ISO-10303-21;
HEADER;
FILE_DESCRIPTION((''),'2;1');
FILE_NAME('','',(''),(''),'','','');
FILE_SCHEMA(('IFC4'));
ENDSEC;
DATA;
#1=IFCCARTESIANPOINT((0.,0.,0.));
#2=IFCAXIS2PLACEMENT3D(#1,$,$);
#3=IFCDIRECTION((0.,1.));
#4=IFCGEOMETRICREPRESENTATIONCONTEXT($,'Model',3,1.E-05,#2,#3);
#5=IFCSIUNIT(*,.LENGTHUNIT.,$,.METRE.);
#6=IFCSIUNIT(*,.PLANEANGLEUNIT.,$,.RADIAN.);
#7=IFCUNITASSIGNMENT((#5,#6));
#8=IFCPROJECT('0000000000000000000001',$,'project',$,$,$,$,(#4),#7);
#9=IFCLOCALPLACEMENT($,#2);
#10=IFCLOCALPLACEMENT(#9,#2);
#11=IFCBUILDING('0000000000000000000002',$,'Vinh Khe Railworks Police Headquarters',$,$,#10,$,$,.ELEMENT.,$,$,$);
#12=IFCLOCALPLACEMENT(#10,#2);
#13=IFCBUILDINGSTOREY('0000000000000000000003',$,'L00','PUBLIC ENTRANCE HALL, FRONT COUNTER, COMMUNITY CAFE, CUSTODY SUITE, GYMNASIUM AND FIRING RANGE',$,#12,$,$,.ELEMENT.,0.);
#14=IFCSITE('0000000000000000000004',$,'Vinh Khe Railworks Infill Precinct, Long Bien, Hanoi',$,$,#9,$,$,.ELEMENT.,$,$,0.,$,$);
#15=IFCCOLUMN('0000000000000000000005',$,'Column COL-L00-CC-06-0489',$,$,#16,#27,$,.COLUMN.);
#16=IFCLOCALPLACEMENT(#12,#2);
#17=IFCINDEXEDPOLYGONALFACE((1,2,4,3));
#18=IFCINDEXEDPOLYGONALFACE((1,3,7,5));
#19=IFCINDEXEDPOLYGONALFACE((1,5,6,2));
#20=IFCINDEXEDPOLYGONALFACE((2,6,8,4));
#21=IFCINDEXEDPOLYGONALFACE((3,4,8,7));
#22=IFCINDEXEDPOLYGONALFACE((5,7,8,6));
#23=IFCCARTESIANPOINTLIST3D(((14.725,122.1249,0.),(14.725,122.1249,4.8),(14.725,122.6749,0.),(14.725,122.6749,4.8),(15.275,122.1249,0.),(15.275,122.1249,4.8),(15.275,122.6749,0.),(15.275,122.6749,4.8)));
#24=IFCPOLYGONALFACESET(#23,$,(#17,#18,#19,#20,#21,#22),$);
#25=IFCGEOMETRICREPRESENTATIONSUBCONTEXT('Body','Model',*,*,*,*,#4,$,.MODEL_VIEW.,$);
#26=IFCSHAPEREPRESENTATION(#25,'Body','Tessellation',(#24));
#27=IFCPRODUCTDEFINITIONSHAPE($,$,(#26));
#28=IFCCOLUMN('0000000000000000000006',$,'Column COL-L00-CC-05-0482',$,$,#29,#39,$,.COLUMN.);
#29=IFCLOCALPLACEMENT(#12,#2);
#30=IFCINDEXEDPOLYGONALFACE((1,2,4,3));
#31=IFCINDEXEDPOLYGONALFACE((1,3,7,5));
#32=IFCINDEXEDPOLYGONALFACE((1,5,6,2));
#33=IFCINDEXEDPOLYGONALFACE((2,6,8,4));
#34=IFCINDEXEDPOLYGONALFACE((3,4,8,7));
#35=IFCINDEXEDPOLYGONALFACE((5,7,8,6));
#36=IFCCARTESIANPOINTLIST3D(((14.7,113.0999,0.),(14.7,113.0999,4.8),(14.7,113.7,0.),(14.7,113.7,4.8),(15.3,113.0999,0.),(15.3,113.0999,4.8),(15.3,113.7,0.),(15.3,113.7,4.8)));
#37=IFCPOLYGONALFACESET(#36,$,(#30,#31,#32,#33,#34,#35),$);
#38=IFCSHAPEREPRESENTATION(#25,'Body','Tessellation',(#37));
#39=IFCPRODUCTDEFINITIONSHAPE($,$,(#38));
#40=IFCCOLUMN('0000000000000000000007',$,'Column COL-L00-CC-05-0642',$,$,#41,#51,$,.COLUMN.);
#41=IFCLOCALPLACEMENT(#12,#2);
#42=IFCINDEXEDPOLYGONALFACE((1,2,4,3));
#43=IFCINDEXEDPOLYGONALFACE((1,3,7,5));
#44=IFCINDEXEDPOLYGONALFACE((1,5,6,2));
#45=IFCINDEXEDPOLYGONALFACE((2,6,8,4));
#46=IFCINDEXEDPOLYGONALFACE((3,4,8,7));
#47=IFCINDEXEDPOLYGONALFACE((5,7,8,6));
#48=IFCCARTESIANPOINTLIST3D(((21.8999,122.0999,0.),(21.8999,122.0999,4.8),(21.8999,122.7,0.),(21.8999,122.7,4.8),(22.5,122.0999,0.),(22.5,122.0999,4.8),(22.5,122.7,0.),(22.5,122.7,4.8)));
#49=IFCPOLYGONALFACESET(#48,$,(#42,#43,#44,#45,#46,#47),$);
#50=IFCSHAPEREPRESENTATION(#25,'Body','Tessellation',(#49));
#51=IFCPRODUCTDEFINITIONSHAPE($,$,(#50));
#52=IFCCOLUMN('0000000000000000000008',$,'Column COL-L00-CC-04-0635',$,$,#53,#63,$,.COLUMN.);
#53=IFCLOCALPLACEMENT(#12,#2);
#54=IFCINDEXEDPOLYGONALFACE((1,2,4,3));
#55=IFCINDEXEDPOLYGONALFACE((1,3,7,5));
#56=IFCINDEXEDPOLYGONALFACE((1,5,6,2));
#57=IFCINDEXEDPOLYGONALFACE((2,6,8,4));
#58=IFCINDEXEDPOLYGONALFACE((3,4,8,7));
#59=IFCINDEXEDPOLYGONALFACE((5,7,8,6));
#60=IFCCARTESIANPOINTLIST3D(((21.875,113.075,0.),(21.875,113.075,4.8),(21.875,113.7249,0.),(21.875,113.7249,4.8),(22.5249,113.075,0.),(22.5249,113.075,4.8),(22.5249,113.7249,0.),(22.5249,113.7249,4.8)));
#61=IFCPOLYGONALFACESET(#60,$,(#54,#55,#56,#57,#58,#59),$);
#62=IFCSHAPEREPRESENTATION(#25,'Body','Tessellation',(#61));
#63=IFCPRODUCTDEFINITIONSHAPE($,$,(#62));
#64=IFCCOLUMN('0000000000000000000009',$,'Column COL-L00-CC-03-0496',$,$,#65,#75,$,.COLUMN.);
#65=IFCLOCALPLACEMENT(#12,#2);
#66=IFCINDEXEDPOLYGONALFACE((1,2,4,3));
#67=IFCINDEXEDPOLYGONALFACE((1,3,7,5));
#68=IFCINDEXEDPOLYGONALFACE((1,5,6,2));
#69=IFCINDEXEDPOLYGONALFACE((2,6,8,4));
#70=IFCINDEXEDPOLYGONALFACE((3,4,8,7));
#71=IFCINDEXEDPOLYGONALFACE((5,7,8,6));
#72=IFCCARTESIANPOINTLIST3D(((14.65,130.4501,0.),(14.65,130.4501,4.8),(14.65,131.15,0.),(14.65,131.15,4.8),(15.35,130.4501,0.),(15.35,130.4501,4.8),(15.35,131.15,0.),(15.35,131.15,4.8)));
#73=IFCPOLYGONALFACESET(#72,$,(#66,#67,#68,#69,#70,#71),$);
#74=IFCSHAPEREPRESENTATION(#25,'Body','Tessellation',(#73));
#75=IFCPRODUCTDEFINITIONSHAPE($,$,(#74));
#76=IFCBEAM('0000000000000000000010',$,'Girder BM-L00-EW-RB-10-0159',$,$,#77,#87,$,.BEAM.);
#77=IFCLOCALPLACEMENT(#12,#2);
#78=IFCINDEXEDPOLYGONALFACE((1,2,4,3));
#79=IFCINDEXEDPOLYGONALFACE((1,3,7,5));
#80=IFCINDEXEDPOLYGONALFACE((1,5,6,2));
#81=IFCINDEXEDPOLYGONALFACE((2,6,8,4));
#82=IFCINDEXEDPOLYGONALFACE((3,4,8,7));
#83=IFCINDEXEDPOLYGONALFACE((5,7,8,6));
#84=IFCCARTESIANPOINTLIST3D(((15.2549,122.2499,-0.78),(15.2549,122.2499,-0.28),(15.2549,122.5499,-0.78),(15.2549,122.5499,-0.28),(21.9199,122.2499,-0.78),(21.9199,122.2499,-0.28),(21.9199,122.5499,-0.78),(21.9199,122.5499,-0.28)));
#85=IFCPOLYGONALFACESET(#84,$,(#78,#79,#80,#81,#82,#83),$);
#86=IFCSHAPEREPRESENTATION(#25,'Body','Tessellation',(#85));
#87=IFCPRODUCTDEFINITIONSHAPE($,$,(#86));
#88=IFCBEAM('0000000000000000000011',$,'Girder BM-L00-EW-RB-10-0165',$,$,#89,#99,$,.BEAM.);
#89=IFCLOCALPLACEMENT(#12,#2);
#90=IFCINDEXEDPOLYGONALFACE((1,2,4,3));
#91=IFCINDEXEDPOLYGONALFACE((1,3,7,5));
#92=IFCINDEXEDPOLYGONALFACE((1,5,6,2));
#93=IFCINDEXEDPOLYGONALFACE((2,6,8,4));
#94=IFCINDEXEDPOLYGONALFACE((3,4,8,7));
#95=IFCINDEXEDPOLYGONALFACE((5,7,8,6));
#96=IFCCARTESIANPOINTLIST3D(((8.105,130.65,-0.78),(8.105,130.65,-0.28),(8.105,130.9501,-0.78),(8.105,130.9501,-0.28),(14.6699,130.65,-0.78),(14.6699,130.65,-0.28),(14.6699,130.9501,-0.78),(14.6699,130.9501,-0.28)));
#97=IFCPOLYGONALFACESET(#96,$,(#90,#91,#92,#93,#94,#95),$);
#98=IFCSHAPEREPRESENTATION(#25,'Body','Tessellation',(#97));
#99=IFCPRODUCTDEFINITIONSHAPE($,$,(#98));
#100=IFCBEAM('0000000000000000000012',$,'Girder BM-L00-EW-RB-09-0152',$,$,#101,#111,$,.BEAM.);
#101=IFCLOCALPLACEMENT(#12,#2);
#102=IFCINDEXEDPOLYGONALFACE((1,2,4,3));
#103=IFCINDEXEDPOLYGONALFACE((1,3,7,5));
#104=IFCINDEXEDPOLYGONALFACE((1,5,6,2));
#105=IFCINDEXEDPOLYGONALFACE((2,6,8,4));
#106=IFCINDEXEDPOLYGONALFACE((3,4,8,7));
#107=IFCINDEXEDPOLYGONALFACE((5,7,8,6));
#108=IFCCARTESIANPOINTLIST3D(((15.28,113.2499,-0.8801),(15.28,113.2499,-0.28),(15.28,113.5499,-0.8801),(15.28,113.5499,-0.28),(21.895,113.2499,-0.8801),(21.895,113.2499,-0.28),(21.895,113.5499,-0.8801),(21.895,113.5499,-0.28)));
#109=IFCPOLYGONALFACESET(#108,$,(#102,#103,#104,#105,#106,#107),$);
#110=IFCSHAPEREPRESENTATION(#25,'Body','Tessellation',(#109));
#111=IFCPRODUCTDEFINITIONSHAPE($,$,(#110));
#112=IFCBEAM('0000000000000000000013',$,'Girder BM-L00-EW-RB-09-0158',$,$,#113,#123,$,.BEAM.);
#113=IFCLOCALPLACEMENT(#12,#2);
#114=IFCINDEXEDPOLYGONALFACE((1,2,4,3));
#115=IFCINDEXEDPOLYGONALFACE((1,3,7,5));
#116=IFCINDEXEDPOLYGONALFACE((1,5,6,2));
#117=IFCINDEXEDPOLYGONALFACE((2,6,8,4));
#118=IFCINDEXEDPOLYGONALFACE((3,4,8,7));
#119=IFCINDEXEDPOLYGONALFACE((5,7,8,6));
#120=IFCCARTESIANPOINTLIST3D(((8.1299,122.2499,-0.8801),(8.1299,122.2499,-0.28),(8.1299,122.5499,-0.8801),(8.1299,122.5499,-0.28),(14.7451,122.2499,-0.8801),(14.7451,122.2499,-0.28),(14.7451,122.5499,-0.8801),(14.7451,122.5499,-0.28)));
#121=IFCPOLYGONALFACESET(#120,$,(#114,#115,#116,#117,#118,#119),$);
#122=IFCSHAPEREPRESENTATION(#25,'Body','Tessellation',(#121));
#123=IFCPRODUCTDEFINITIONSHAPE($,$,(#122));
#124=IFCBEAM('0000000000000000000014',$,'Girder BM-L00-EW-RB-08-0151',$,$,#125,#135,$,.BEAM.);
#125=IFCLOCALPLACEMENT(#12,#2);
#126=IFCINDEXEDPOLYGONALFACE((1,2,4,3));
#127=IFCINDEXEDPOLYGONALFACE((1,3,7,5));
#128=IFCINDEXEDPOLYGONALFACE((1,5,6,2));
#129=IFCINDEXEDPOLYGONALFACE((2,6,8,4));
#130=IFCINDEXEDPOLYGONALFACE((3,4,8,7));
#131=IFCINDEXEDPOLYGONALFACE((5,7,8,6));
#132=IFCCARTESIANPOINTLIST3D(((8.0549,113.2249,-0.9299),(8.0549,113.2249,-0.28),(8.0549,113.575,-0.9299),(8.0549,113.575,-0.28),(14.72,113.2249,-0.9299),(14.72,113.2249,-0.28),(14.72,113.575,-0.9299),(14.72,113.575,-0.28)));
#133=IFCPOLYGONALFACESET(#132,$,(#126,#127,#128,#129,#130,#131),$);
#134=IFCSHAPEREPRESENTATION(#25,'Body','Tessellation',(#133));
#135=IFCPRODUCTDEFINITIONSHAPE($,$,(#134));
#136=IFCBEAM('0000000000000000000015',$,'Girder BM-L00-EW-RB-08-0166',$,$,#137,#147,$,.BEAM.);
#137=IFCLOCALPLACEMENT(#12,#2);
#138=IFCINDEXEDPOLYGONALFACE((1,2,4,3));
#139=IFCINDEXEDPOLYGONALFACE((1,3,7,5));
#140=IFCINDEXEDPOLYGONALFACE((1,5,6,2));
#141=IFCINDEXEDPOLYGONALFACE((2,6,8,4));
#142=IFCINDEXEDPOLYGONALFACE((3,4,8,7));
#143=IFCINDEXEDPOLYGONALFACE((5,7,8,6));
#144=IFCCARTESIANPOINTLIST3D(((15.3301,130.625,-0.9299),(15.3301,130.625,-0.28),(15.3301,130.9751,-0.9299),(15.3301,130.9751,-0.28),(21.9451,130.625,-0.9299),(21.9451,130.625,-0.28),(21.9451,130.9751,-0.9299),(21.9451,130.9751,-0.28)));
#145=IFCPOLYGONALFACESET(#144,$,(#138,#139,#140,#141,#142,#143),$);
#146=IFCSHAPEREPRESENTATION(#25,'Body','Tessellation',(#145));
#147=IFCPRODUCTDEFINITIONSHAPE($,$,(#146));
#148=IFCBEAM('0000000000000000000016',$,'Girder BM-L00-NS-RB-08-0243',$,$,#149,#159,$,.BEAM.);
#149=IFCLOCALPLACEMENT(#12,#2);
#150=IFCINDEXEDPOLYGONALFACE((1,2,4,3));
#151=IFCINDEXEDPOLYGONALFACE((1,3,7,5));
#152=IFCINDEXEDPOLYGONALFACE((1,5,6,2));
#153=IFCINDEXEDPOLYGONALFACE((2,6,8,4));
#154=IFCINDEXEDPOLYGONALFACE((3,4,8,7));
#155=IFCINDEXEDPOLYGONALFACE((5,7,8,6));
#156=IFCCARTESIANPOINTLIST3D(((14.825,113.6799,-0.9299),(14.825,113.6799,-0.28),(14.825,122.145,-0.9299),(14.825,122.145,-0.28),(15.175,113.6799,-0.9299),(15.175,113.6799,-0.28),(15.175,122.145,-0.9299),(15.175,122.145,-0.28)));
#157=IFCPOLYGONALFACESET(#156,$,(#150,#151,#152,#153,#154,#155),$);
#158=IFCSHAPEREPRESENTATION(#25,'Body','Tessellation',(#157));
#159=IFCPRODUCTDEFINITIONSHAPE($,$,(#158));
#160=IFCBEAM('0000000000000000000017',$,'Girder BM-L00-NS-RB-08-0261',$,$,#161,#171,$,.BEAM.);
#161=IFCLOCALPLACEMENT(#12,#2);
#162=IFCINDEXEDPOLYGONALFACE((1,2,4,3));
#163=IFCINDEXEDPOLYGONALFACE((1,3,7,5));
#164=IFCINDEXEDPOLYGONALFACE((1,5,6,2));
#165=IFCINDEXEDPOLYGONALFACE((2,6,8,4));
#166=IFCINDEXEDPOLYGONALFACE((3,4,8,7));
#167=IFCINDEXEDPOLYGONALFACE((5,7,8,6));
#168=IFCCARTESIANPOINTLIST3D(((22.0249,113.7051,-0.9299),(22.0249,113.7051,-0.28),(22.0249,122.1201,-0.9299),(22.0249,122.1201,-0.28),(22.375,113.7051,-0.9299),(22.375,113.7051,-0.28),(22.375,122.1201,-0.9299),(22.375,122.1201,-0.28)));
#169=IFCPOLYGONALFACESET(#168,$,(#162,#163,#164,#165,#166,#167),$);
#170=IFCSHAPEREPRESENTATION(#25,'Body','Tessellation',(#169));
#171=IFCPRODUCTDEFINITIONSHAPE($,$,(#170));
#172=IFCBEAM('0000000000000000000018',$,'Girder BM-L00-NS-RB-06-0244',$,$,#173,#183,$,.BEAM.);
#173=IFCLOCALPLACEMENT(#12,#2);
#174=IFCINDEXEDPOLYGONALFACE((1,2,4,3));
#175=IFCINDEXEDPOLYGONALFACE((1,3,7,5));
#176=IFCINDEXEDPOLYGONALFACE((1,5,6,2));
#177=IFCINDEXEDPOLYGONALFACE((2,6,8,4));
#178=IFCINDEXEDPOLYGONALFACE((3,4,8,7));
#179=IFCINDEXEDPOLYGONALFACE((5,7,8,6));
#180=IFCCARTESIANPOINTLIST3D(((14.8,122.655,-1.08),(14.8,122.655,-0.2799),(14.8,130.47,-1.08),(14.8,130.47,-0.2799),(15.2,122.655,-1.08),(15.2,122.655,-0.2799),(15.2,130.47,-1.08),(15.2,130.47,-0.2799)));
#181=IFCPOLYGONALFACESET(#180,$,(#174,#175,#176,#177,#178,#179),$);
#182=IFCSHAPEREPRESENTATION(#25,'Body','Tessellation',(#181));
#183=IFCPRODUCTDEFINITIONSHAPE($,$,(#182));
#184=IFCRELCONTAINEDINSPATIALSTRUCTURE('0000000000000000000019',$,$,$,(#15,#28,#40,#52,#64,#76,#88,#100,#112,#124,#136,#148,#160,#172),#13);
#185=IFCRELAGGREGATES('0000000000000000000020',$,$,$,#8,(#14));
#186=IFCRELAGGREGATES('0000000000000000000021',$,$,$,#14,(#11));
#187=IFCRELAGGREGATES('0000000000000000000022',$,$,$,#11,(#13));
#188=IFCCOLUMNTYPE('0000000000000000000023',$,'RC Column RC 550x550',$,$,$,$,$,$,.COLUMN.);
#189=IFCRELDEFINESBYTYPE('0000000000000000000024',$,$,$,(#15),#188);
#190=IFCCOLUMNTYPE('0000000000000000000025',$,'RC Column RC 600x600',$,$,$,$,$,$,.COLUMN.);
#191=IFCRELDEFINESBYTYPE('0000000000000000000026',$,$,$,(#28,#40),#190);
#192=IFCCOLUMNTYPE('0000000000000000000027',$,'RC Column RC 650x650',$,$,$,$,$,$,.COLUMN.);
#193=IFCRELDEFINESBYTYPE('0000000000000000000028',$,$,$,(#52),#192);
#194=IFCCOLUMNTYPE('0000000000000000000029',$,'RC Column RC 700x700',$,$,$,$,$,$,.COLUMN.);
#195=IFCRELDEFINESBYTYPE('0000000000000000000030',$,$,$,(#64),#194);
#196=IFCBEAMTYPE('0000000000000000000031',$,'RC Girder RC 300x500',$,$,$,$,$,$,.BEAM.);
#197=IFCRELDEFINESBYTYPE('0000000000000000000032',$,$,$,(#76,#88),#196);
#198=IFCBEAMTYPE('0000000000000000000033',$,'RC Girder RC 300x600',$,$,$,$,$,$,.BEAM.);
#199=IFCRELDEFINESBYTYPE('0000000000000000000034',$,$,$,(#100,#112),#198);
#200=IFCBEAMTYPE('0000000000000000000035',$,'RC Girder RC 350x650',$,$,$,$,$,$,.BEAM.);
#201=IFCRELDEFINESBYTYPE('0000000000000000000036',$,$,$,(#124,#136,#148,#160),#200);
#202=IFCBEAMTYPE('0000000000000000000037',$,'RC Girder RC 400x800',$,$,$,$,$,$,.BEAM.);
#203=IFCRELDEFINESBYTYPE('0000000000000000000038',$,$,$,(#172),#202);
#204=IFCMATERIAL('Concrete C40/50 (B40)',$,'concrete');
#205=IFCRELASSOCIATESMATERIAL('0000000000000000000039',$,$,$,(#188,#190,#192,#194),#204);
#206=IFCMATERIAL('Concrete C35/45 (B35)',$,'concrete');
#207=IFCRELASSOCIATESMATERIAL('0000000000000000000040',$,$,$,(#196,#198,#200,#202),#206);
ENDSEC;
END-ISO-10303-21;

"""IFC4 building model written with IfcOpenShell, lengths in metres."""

from ifc_helpers import new_model, si_unit, direction, frame, origin, origin_2d, place, context, subcontext, project, spatial, rectangle, extrude, material, material_profile, profile_set, type_object, element, save


model = new_model("IFC4")

# Units and contexts
model_context = context("Model", 3, precision=1e-05, world=origin(), true_north=direction((0.0, 1.0)))
body_context = subcontext(model_context, "Body", "Model", "MODEL_VIEW")
ifc_project = project(units=[si_unit("LENGTHUNIT", "METRE"), si_unit("PLANEANGLEUNIT", "RADIAN")], contexts=[model_context])

# Site, building, storey
site_placement = place(None, origin())
site = spatial("IfcSite", under=ifc_project, at=site_placement, Name="Vinh Khe Railworks Infill Precinct, Long Bien, Hanoi", CompositionType="ELEMENT", RefElevation=0.0)
building_placement = place(site_placement, origin())
building = spatial("IfcBuilding", under=site, at=building_placement, Name="Vinh Khe Railworks Police Headquarters", CompositionType="ELEMENT")
storey_placement = place(building_placement, origin())
storey = spatial("IfcBuildingStorey", under=building, at=storey_placement, Name="L00", Description="PUBLIC ENTRANCE HALL, FRONT COUNTER, COMMUNITY CAFE, CUSTODY SUITE, GYMNASIUM AND FIRING RANGE", CompositionType="ELEMENT", Elevation=0.0)

# Columns
ifc_material_1 = material(Name="Concrete C40/50 (B40)", Category="concrete")
ifc_material_profile_1 = material_profile(ifc_material_1, rectangle(XDim=0.55, YDim=0.55, at=origin_2d()), Name="RC 550x550")
ifc_profile_set_1 = profile_set([ifc_material_profile_1], Name="Concrete C40/50 (B40)")
column_type_1 = type_object("IfcColumnType", Name="RC Column RC 550x550", PredefinedType="COLUMN", material=ifc_profile_set_1)
column_1_placement = place(storey_placement, frame((15.0, 122.3999, 0.0), z_axis=(0.0, 0.0, 1.0), x_axis=(1.0, 0.0, 0.0)))
element("IfcColumn", 1, at=column_1_placement, inside=storey, type_object=column_type_1, Name="Column COL-L00-CC-06-0489", PredefinedType="COLUMN", context=body_context, shape_type="SweptSolid", body=[
    extrude(rectangle(XDim=0.55, YDim=0.55, at=origin_2d()), origin(), (0.0, 0.0, 1.0), 4.8),
])
ifc_material_profile_2 = material_profile(ifc_material_1, rectangle(XDim=0.6001, YDim=0.6001, at=origin_2d()), Name="RC 600x600")
ifc_profile_set_2 = profile_set([ifc_material_profile_2], Name="Concrete C40/50 (B40)")
column_type_2 = type_object("IfcColumnType", Name="RC Column RC 600x600", PredefinedType="COLUMN", material=ifc_profile_set_2)
for number, where, z_axis, x_axis, name in (
    (2, (15.0, 113.3999, 0.0), (0.0, 0.0, 1.0), (1.0, 0.0, 0.0), "Column COL-L00-CC-05-0482"),
    (3, (22.2, 122.3999, 0.0), (0.0, 0.0, 1.0), (1.0, 0.0, 0.0), "Column COL-L00-CC-05-0642"),
):
    element("IfcColumn", number, at=place(storey_placement, frame(where, z_axis=z_axis, x_axis=x_axis)), inside=storey, type_object=column_type_2, Name=name, PredefinedType="COLUMN", context=body_context, shape_type="SweptSolid", body=[
        extrude(rectangle(XDim=0.6001, YDim=0.6001, at=origin_2d()), origin(), (0.0, 0.0, 1.0), 4.8),
    ])
ifc_material_profile_3 = material_profile(ifc_material_1, rectangle(XDim=0.6499, YDim=0.6499, at=origin_2d()), Name="RC 650x650")
ifc_profile_set_3 = profile_set([ifc_material_profile_3], Name="Concrete C40/50 (B40)")
column_type_3 = type_object("IfcColumnType", Name="RC Column RC 650x650", PredefinedType="COLUMN", material=ifc_profile_set_3)
column_2_placement = place(storey_placement, frame((22.2, 113.3999, 0.0), z_axis=(0.0, 0.0, 1.0), x_axis=(1.0, 0.0, 0.0)))
element("IfcColumn", 4, at=column_2_placement, inside=storey, type_object=column_type_3, Name="Column COL-L00-CC-04-0635", PredefinedType="COLUMN", context=body_context, shape_type="SweptSolid", body=[
    extrude(rectangle(XDim=0.6499, YDim=0.6499, at=origin_2d()), origin(), (0.0, 0.0, 1.0), 4.8),
])
ifc_material_profile_4 = material_profile(ifc_material_1, rectangle(XDim=0.7, YDim=0.7, at=origin_2d()), Name="RC 700x700")
ifc_profile_set_4 = profile_set([ifc_material_profile_4], Name="Concrete C40/50 (B40)")
column_type_4 = type_object("IfcColumnType", Name="RC Column RC 700x700", PredefinedType="COLUMN", material=ifc_profile_set_4)
column_3_placement = place(storey_placement, frame((15.0, 130.8, 0.0), z_axis=(0.0, 0.0, 1.0), x_axis=(1.0, 0.0, 0.0)))
element("IfcColumn", 5, at=column_3_placement, inside=storey, type_object=column_type_4, Name="Column COL-L00-CC-03-0496", PredefinedType="COLUMN", context=body_context, shape_type="SweptSolid", body=[
    extrude(rectangle(XDim=0.7, YDim=0.7, at=origin_2d()), origin(), (0.0, 0.0, 1.0), 4.8),
])

# Beams
ifc_material_2 = material(Name="Concrete C35/45 (B35)", Category="concrete")
ifc_material_profile_5 = material_profile(ifc_material_2, rectangle(XDim=0.3, YDim=0.5, at=origin_2d()), Name="RC 300x500")
ifc_profile_set_5 = profile_set([ifc_material_profile_5], Name="Concrete C35/45 (B35)")
beam_type_1 = type_object("IfcBeamType", Name="RC Girder RC 300x500", PredefinedType="BEAM", material=ifc_profile_set_5)
beam_1_placement = place(storey_placement, frame((15.2549, 122.3999, -0.53), z_axis=(1.0, 0.0, 0.0), x_axis=(0.0, 1.0, 0.0)))
element("IfcBeam", 6, at=beam_1_placement, inside=storey, type_object=beam_type_1, Name="Girder BM-L00-EW-RB-10-0159", PredefinedType="BEAM", context=body_context, shape_type="SweptSolid", body=[
    extrude(rectangle(XDim=0.3, YDim=0.5, at=origin_2d()), origin(), (0.0, 0.0, 1.0), 6.665),
])
beam_2_placement = place(storey_placement, frame((8.105, 130.8, -0.53), z_axis=(1.0, 0.0, 0.0), x_axis=(0.0, 1.0, 0.0)))
element("IfcBeam", 7, at=beam_2_placement, inside=storey, type_object=beam_type_1, Name="Girder BM-L00-EW-RB-10-0165", PredefinedType="BEAM", context=body_context, shape_type="SweptSolid", body=[
    extrude(rectangle(XDim=0.3, YDim=0.5, at=origin_2d()), origin(), (0.0, 0.0, 1.0), 6.5649),
])
ifc_material_profile_6 = material_profile(ifc_material_2, rectangle(XDim=0.3, YDim=0.6001, at=origin_2d()), Name="RC 300x600")
ifc_profile_set_6 = profile_set([ifc_material_profile_6], Name="Concrete C35/45 (B35)")
beam_type_2 = type_object("IfcBeamType", Name="RC Girder RC 300x600", PredefinedType="BEAM", material=ifc_profile_set_6)
beam_3_placement = place(storey_placement, frame((15.28, 113.3999, -0.5801), z_axis=(1.0, 0.0, 0.0), x_axis=(0.0, 1.0, 0.0)))
element("IfcBeam", 8, at=beam_3_placement, inside=storey, type_object=beam_type_2, Name="Girder BM-L00-EW-RB-09-0152", PredefinedType="BEAM", context=body_context, shape_type="SweptSolid", body=[
    extrude(rectangle(XDim=0.3, YDim=0.6001, at=origin_2d()), origin(), (0.0, 0.0, 1.0), 6.615),
])
beam_4_placement = place(storey_placement, frame((8.1299, 122.3999, -0.5801), z_axis=(1.0, 0.0, 0.0), x_axis=(0.0, 1.0, 0.0)))
element("IfcBeam", 9, at=beam_4_placement, inside=storey, type_object=beam_type_2, Name="Girder BM-L00-EW-RB-09-0158", PredefinedType="BEAM", context=body_context, shape_type="SweptSolid", body=[
    extrude(rectangle(XDim=0.3, YDim=0.6001, at=origin_2d()), origin(), (0.0, 0.0, 1.0), 6.6152),
])
ifc_material_profile_7 = material_profile(ifc_material_2, rectangle(XDim=0.3501, YDim=0.6499, at=origin_2d()), Name="RC 350x650")
ifc_profile_set_7 = profile_set([ifc_material_profile_7], Name="Concrete C35/45 (B35)")
beam_type_3 = type_object("IfcBeamType", Name="RC Girder RC 350x650", PredefinedType="BEAM", material=ifc_profile_set_7)
beam_5_placement = place(storey_placement, frame((8.0549, 113.3999, -0.605), z_axis=(1.0, 0.0, 0.0), x_axis=(0.0, 1.0, 0.0)))
element("IfcBeam", 10, at=beam_5_placement, inside=storey, type_object=beam_type_3, Name="Girder BM-L00-EW-RB-08-0151", PredefinedType="BEAM", context=body_context, shape_type="SweptSolid", body=[
    extrude(rectangle(XDim=0.3501, YDim=0.6499, at=origin_2d()), origin(), (0.0, 0.0, 1.0), 6.665),
])
beam_6_placement = place(storey_placement, frame((15.3301, 130.8, -0.605), z_axis=(1.0, 0.0, 0.0), x_axis=(0.0, 1.0, 0.0)))
element("IfcBeam", 11, at=beam_6_placement, inside=storey, type_object=beam_type_3, Name="Girder BM-L00-EW-RB-08-0166", PredefinedType="BEAM", context=body_context, shape_type="SweptSolid", body=[
    extrude(rectangle(XDim=0.3501, YDim=0.6499, at=origin_2d()), origin(), (0.0, 0.0, 1.0), 6.615),
])
beam_7_placement = place(storey_placement, frame((15.0, 113.6799, -0.605), z_axis=(0.0, 1.0, 0.0), x_axis=(-1.0, 0.0, 0.0)))
element("IfcBeam", 12, at=beam_7_placement, inside=storey, type_object=beam_type_3, Name="Girder BM-L00-NS-RB-08-0243", PredefinedType="BEAM", context=body_context, shape_type="SweptSolid", body=[
    extrude(rectangle(XDim=0.3501, YDim=0.6499, at=origin_2d()), origin(), (0.0, 0.0, 1.0), 8.4651),
])
beam_8_placement = place(storey_placement, frame((22.2, 113.7051, -0.605), z_axis=(0.0, 1.0, 0.0), x_axis=(-1.0, 0.0, 0.0)))
element("IfcBeam", 13, at=beam_8_placement, inside=storey, type_object=beam_type_3, Name="Girder BM-L00-NS-RB-08-0261", PredefinedType="BEAM", context=body_context, shape_type="SweptSolid", body=[
    extrude(rectangle(XDim=0.3501, YDim=0.6499, at=origin_2d()), origin(), (0.0, 0.0, 1.0), 8.415),
])
ifc_material_profile_8 = material_profile(ifc_material_2, rectangle(XDim=0.3999, YDim=0.8, at=origin_2d()), Name="RC 400x800")
ifc_profile_set_8 = profile_set([ifc_material_profile_8], Name="Concrete C35/45 (B35)")
beam_type_4 = type_object("IfcBeamType", Name="RC Girder RC 400x800", PredefinedType="BEAM", material=ifc_profile_set_8)
beam_9_placement = place(storey_placement, frame((15.0, 122.655, -0.6799), z_axis=(0.0, 1.0, 0.0), x_axis=(-1.0, 0.0, 0.0)))
element("IfcBeam", 14, at=beam_9_placement, inside=storey, type_object=beam_type_4, Name="Girder BM-L00-NS-RB-06-0244", PredefinedType="BEAM", context=body_context, shape_type="SweptSolid", body=[
    extrude(rectangle(XDim=0.3999, YDim=0.8, at=origin_2d()), origin(), (0.0, 0.0, 1.0), 7.8149),
])

save(model, "model.ifc")
